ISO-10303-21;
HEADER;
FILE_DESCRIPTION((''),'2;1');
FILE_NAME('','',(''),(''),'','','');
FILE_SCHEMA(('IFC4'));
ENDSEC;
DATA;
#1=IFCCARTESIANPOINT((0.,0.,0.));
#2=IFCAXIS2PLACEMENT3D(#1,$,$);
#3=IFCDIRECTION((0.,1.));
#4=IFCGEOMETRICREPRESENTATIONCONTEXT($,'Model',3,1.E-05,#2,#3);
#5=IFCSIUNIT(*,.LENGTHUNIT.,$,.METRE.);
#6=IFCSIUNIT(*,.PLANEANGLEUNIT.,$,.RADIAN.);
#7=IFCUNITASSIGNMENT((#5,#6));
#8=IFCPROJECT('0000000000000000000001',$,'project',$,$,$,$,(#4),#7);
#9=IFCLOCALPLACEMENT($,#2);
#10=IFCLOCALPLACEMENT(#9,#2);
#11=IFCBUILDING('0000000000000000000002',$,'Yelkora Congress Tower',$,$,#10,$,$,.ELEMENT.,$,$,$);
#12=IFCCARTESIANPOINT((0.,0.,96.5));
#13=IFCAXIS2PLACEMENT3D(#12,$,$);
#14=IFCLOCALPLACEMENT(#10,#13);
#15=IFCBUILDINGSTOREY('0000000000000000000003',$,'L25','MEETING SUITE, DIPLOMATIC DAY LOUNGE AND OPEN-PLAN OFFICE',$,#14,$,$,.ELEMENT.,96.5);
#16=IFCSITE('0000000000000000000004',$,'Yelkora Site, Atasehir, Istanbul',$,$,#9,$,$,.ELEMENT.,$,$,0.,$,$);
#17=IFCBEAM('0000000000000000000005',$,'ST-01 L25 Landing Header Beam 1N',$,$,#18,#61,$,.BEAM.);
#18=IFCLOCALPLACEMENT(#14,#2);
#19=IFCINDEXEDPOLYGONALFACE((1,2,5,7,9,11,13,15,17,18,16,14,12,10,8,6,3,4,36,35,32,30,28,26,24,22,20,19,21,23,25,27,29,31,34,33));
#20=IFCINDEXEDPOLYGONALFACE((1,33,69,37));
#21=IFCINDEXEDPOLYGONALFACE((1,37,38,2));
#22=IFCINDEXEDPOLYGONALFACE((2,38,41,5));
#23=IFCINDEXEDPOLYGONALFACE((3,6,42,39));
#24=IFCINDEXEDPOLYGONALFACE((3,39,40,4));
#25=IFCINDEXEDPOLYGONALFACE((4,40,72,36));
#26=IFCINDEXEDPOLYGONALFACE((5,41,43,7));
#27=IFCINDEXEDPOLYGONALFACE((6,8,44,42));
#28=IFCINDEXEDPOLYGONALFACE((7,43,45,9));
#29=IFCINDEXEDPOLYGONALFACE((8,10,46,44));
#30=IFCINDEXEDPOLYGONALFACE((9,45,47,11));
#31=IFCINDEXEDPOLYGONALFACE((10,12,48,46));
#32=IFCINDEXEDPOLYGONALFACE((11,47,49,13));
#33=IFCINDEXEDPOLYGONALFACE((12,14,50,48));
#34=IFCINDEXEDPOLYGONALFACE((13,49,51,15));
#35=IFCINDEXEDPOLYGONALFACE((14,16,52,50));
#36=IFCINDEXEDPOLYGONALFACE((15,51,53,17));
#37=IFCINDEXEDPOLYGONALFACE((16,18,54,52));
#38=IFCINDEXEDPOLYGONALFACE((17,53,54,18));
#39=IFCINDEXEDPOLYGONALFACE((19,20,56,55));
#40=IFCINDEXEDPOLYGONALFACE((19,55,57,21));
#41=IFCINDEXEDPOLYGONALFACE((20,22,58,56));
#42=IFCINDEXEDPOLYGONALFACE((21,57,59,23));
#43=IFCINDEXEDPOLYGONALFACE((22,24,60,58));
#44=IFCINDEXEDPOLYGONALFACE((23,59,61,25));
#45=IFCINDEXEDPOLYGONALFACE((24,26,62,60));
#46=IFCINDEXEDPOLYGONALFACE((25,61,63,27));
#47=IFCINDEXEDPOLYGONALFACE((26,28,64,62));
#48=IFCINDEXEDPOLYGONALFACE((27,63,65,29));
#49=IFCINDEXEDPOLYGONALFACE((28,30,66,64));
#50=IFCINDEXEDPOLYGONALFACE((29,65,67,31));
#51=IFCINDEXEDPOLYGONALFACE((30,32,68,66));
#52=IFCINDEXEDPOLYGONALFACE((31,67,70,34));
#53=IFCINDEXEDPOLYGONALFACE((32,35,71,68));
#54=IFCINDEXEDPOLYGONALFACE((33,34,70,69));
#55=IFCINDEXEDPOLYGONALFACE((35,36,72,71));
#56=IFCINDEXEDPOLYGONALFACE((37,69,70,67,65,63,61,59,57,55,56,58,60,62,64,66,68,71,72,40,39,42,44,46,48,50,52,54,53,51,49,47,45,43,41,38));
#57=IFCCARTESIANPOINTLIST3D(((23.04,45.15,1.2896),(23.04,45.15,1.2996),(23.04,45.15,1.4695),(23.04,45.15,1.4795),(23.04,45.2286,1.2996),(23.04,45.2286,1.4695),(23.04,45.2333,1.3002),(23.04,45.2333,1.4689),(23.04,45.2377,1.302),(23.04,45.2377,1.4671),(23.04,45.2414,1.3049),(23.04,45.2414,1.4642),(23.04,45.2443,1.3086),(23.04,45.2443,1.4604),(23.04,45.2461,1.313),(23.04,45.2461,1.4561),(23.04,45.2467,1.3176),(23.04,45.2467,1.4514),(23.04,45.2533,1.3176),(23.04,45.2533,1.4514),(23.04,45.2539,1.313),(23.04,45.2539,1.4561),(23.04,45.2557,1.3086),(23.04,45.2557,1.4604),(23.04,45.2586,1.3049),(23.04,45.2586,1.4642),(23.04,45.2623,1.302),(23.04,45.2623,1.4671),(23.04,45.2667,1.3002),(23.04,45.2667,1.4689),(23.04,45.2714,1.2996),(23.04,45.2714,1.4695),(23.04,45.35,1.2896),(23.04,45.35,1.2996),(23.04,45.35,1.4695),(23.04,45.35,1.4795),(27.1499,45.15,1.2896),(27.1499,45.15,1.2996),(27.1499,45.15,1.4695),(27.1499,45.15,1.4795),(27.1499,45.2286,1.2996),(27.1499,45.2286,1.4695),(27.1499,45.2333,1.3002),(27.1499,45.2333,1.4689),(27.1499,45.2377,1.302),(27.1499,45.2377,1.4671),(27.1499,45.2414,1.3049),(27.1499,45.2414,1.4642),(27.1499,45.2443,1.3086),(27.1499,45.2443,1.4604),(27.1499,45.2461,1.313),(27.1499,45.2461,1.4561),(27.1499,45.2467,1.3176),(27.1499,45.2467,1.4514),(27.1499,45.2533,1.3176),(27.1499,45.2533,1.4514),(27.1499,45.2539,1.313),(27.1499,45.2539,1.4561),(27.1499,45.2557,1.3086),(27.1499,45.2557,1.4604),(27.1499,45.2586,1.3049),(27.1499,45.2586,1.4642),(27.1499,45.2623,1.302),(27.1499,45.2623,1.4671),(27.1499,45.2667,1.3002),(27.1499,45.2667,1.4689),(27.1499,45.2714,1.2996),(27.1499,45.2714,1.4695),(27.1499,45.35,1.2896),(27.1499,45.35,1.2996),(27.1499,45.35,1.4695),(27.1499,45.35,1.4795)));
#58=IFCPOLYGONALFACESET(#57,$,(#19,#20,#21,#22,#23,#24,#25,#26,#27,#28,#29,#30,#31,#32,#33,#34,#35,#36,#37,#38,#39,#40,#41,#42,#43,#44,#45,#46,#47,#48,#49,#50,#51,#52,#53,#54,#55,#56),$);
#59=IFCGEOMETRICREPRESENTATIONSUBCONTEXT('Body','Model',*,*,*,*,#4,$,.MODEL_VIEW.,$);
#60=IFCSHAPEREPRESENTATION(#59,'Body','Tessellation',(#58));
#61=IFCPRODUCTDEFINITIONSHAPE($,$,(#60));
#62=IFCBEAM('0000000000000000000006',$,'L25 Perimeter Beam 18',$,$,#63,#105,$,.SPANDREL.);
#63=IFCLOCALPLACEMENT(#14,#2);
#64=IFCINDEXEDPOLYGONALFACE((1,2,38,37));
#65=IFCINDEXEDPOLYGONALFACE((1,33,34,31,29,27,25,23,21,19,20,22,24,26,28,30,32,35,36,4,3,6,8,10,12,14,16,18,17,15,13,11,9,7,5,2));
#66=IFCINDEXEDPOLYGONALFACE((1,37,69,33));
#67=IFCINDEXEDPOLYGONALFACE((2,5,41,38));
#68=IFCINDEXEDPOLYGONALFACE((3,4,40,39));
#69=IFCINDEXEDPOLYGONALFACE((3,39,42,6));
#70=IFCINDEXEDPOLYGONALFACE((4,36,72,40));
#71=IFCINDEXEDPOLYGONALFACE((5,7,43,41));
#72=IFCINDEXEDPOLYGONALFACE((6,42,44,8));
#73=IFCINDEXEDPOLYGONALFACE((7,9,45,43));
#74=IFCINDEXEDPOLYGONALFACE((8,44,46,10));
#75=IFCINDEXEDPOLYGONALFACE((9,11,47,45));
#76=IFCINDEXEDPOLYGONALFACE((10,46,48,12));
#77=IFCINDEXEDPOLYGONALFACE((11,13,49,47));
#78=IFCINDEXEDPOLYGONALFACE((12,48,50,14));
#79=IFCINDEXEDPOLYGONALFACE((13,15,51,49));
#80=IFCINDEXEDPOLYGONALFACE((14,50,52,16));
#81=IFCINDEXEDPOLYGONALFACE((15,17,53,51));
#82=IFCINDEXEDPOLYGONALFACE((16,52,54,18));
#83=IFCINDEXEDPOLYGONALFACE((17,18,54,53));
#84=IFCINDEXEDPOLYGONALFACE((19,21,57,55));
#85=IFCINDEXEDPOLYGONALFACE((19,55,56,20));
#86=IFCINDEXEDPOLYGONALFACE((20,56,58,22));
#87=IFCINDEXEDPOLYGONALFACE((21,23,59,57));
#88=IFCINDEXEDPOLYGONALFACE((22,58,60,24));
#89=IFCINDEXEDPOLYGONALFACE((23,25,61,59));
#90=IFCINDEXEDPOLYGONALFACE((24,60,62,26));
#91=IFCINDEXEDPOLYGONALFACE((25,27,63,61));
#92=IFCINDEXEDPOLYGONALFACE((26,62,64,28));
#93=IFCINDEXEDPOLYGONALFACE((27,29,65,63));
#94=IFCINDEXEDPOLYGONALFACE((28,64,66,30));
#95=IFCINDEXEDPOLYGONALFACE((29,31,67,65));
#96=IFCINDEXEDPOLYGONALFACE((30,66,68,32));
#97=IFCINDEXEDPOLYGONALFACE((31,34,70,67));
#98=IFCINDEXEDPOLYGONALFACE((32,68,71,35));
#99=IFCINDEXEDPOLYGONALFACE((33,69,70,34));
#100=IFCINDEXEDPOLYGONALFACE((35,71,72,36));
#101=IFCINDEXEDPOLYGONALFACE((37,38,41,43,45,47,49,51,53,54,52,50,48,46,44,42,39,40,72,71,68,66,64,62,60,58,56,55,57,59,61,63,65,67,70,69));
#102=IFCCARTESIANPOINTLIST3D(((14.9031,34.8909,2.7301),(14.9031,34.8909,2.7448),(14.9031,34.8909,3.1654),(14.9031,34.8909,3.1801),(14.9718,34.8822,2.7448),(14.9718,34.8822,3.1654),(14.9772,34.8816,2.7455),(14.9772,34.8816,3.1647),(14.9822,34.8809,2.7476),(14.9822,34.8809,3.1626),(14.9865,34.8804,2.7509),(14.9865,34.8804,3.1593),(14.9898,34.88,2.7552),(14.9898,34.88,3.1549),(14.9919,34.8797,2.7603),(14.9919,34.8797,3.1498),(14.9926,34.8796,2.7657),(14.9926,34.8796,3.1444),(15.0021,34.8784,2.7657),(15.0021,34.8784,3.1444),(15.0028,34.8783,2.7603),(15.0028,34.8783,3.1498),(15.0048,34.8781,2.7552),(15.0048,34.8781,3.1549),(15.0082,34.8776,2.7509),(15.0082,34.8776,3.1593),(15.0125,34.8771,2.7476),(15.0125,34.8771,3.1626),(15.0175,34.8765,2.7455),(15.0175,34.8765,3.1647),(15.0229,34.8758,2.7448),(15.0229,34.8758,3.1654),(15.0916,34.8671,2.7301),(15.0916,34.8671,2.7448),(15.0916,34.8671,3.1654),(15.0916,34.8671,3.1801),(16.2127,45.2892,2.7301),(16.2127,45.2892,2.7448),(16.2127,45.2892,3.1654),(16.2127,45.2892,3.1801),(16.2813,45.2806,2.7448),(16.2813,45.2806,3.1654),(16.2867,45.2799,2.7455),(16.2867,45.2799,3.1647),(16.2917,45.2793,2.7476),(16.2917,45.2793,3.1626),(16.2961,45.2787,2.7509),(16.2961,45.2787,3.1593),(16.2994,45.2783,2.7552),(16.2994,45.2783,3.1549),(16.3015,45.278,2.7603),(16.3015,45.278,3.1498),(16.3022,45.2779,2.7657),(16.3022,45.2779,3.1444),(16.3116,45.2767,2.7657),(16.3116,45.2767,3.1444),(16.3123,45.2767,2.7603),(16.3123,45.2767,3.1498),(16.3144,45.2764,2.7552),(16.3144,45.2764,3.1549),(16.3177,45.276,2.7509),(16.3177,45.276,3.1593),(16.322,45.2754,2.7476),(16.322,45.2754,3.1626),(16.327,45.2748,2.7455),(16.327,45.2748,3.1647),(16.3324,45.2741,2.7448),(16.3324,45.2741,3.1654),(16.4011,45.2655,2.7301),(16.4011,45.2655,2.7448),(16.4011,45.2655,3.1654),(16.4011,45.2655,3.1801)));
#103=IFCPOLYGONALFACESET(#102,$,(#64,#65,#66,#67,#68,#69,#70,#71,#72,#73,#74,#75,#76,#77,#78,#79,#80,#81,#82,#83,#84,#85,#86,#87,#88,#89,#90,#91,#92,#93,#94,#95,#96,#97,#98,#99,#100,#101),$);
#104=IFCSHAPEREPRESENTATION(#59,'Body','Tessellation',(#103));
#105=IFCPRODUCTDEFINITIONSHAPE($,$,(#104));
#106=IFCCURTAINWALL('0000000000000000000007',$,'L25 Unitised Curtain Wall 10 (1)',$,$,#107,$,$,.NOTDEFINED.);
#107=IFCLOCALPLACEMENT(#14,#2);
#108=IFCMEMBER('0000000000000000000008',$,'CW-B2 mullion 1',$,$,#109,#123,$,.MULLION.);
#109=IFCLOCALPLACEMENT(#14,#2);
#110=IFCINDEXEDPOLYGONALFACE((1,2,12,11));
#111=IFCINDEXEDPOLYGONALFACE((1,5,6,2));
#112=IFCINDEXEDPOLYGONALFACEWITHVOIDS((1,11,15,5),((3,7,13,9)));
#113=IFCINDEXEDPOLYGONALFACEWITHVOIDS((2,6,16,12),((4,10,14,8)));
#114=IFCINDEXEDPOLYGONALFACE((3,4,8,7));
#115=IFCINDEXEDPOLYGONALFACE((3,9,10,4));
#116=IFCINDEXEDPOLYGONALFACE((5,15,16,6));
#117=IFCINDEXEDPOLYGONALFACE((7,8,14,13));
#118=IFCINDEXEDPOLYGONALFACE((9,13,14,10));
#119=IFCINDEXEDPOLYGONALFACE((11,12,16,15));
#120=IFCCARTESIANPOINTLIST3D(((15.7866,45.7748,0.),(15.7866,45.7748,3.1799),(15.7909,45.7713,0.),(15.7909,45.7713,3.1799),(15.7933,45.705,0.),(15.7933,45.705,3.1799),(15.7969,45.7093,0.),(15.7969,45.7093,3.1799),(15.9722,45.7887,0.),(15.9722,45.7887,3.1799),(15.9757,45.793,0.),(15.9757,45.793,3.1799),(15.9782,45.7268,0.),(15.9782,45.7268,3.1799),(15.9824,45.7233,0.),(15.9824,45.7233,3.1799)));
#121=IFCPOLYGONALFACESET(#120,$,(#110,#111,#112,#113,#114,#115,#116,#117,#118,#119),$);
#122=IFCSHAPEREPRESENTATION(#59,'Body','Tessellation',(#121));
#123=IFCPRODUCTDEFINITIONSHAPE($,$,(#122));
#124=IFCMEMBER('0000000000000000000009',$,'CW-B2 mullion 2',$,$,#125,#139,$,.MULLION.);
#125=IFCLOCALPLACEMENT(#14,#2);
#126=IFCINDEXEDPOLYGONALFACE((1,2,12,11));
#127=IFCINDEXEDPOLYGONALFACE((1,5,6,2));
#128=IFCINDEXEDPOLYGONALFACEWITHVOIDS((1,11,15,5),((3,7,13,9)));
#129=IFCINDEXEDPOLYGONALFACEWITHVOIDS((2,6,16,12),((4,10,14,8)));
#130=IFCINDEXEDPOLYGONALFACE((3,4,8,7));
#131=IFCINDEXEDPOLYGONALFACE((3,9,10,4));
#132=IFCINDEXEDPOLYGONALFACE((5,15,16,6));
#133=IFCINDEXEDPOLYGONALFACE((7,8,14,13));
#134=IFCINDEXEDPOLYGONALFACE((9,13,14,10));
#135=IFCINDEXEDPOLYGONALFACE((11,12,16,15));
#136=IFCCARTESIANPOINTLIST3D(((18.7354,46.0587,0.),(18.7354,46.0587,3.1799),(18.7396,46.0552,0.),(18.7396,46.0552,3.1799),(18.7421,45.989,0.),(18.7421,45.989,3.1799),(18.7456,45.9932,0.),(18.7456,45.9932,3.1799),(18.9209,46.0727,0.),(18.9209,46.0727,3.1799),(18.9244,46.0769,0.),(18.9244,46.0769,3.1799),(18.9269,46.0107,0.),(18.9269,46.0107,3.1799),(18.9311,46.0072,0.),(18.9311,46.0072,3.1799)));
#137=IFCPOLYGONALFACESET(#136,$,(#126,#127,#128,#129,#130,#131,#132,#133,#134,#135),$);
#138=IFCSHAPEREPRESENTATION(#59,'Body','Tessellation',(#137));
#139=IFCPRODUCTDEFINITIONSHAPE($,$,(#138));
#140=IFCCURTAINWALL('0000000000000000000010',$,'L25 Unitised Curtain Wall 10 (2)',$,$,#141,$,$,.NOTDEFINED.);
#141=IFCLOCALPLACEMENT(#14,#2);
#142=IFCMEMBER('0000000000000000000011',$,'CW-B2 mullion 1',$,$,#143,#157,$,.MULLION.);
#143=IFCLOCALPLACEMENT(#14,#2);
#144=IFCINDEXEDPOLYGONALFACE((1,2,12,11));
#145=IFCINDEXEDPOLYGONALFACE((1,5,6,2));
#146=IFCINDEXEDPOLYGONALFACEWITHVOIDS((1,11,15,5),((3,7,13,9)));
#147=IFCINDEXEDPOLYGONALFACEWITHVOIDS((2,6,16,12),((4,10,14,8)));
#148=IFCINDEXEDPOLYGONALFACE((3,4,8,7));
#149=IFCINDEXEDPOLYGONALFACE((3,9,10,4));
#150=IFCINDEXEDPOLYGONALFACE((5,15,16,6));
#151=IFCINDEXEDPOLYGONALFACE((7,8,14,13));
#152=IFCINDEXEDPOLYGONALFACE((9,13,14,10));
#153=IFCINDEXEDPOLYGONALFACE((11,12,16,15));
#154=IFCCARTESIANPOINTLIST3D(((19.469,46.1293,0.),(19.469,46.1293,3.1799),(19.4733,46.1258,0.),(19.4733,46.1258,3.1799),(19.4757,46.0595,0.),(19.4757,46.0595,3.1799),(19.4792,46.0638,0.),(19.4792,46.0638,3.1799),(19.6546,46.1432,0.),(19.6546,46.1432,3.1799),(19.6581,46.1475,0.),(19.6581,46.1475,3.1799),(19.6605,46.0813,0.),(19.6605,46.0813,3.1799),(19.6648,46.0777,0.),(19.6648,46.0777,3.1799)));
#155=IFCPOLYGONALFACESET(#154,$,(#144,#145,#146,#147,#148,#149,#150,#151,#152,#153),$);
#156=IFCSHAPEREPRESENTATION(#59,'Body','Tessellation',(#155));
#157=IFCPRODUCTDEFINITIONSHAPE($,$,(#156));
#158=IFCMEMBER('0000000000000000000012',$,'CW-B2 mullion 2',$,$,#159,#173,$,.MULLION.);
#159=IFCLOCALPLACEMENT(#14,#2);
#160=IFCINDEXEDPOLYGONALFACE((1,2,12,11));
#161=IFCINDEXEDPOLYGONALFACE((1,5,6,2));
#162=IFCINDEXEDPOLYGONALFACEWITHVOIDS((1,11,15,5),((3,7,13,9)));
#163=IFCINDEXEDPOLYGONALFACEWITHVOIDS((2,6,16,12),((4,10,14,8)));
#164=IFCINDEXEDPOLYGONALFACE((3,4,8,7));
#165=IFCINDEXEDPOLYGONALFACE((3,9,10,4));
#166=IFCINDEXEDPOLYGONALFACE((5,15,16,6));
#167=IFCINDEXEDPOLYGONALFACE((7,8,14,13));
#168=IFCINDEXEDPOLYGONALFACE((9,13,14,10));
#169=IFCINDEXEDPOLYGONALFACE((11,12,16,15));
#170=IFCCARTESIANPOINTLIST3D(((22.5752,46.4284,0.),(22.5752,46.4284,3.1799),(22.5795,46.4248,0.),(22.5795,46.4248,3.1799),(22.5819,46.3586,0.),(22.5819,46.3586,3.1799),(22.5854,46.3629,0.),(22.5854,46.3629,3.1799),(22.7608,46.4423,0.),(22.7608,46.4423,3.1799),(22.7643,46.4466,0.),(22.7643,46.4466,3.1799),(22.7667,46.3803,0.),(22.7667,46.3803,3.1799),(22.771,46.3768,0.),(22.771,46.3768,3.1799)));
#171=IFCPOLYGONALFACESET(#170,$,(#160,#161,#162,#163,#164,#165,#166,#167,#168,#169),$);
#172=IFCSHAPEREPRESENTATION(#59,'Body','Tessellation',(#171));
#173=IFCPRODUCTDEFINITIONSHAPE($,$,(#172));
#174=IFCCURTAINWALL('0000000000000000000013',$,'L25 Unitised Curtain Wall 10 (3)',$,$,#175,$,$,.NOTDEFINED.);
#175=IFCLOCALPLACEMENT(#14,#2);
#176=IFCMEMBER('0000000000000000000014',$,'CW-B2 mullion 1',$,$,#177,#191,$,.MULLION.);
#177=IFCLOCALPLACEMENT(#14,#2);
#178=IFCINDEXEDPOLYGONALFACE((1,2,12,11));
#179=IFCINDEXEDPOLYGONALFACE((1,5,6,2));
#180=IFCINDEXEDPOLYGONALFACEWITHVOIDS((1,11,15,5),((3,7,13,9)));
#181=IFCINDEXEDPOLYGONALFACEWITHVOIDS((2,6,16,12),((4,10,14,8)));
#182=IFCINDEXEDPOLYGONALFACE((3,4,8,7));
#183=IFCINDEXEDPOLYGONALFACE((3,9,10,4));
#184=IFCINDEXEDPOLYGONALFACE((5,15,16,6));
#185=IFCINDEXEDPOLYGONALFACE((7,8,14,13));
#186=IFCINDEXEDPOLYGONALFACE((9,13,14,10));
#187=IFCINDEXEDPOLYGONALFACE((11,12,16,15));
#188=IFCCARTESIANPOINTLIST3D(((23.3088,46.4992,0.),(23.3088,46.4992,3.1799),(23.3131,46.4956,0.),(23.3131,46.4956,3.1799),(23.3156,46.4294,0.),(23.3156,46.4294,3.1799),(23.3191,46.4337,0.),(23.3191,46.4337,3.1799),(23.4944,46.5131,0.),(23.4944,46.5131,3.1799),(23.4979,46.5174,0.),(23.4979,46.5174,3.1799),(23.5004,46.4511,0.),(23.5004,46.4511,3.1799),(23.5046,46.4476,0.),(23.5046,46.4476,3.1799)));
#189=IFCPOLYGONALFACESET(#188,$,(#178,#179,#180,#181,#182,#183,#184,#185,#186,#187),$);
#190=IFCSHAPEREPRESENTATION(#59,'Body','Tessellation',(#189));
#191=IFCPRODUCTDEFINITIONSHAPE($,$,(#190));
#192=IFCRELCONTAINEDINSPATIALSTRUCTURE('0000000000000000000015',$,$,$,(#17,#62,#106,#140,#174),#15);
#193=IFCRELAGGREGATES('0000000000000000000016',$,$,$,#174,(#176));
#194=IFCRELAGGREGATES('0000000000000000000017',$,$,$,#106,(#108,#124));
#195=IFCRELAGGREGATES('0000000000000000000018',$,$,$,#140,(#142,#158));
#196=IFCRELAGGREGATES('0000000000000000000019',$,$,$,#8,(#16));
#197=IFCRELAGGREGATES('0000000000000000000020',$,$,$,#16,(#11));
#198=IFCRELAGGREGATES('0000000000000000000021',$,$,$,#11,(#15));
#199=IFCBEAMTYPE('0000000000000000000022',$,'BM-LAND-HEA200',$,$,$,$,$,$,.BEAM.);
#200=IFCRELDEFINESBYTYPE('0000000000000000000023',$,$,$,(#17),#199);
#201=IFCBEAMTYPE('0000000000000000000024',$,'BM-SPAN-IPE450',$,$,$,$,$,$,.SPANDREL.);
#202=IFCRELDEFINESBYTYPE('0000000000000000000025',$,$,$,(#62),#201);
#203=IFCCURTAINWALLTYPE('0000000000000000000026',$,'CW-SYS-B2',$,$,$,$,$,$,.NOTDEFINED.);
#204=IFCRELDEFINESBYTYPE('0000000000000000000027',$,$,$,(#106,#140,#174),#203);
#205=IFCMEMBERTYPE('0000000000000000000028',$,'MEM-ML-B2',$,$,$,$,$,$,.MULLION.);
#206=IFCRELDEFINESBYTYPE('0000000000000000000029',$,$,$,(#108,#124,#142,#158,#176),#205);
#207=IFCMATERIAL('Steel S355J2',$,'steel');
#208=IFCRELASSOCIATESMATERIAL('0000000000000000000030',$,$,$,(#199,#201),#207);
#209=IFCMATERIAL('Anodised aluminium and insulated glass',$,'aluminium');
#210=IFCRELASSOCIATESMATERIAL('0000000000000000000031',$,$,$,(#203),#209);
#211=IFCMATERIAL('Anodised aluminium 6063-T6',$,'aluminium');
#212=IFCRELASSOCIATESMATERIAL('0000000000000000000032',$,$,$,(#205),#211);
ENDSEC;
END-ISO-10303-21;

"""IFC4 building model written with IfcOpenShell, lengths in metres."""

from ifc_helpers import new_model, si_unit, direction, frame, origin, origin_2d, place, context, subcontext, project, spatial, hollow_rectangle, i_section, extrude, material, material_profile, profile_set, type_object, element, aggregate, save


model = new_model("IFC4")

# Units and contexts
model_context = context("Model", 3, precision=1e-05, world=origin(), true_north=direction((0.0, 1.0)))
body_context = subcontext(model_context, "Body", "Model", "MODEL_VIEW")
ifc_project = project(units=[si_unit("LENGTHUNIT", "METRE"), si_unit("PLANEANGLEUNIT", "RADIAN")], contexts=[model_context])

# Site, building, storey
site_placement = place(None, origin())
site = spatial("IfcSite", under=ifc_project, at=site_placement, Name="Yelkora Site, Atasehir, Istanbul", CompositionType="ELEMENT", RefElevation=0.0)
building_placement = place(site_placement, origin())
building = spatial("IfcBuilding", under=site, at=building_placement, Name="Yelkora Congress Tower", CompositionType="ELEMENT")
storey_placement = place(building_placement, frame((0.0, 0.0, 96.5)))
storey = spatial("IfcBuildingStorey", under=building, at=storey_placement, Name="L25", Description="MEETING SUITE, DIPLOMATIC DAY LOUNGE AND OPEN-PLAN OFFICE", CompositionType="ELEMENT", Elevation=96.5)

# Beams
ifc_material_1 = material(Name="Steel S355J2", Category="steel")
ifc_material_profile_1 = material_profile(ifc_material_1, i_section(OverallWidth=0.2, OverallDepth=0.1899, WebThickness=0.0066, FlangeThickness=0.01, FilletRadius=0.0181, at=origin_2d()), Name="HEA 200")
ifc_profile_set_1 = profile_set([ifc_material_profile_1], Name="Steel S355J2")
beam_type_1 = type_object("IfcBeamType", Name="BM-LAND-HEA200", PredefinedType="BEAM", material=ifc_profile_set_1)
beam_1_placement = place(storey_placement, frame((23.04, 45.25, 1.3845), z_axis=(1.0, 0.0, 0.0), x_axis=(0.0, 1.0, 0.0)))
element("IfcBeam", 1, at=beam_1_placement, inside=storey, type_object=beam_type_1, Name="ST-01 L25 Landing Header Beam 1N", PredefinedType="BEAM", context=body_context, shape_type="SweptSolid", body=[
    extrude(i_section(OverallWidth=0.2, OverallDepth=0.1899, WebThickness=0.0066, FlangeThickness=0.01, FilletRadius=0.0181, at=origin_2d()), origin(), (0.0, 0.0, 1.0), 4.1099),
])
ifc_material_profile_2 = material_profile(ifc_material_1, i_section(OverallWidth=0.1899, OverallDepth=0.45, WebThickness=0.0095, FlangeThickness=0.0146, FilletRadius=0.021, at=origin_2d()), Name="IPE 450")
ifc_profile_set_2 = profile_set([ifc_material_profile_2], Name="Steel S355J2")
beam_type_2 = type_object("IfcBeamType", Name="BM-SPAN-IPE450", PredefinedType="SPANDREL", material=ifc_profile_set_2)
beam_2_placement = place(storey_placement, frame((16.3069, 45.2773, 2.9551), z_axis=(-0.124952, -0.992163, 0.0), x_axis=(0.992163, -0.124952, 0.0)))
element("IfcBeam", 2, at=beam_2_placement, inside=storey, type_object=beam_type_2, Name="L25 Perimeter Beam 18", PredefinedType="SPANDREL", context=body_context, shape_type="SweptSolid", body=[
    extrude(i_section(OverallWidth=0.1899, OverallDepth=0.45, WebThickness=0.0095, FlangeThickness=0.0146, FilletRadius=0.021, at=origin_2d()), origin(), (0.0, 0.0, 1.0), 10.4805),
])

# Curtain walls, members
ifc_material_2 = material(Name="Anodised aluminium and insulated glass", Category="aluminium")
curtain_wall_type = type_object("IfcCurtainWallType", Name="CW-SYS-B2", PredefinedType="NOTDEFINED", material=ifc_material_2)
curtain_wall_1_placement = place(storey_placement, origin())
curtain_wall_1 = element("IfcCurtainWall", 3, at=curtain_wall_1_placement, inside=storey, type_object=curtain_wall_type, Name="L25 Unitised Curtain Wall 10 (1)", PredefinedType="NOTDEFINED")
ifc_material_3 = material(Name="Anodised aluminium 6063-T6", Category="aluminium")
ifc_material_profile_3 = material_profile(ifc_material_3, hollow_rectangle(XDim=0.0701, YDim=0.1899, WallThickness=0.0039, at=origin_2d()), Name="ALU 70x190x4")
ifc_profile_set_3 = profile_set([ifc_material_profile_3], Name="Anodised aluminium 6063-T6")
member_type_1 = type_object("IfcMemberType", Name="MEM-ML-B2", PredefinedType="MULLION", material=ifc_profile_set_3)
member_1_placement = place(storey_placement, frame((15.8845, 45.749, 0.0), z_axis=(0.0, 0.0, 1.0), x_axis=(-0.095839, 0.995397, 0.0)))
member_1 = element("IfcMember", 4, at=member_1_placement, type_object=member_type_1, Name="CW-B2 mullion 1", PredefinedType="MULLION", context=body_context, shape_type="SweptSolid", body=[
    extrude(hollow_rectangle(XDim=0.0701, YDim=0.1899, WallThickness=0.0039, at=origin_2d()), origin(), (0.0, 0.0, 1.0), 3.1799),
])
member_2_placement = place(storey_placement, frame((18.8333, 46.033, 0.0), z_axis=(0.0, 0.0, 1.0), x_axis=(-0.095839, 0.995397, 0.0)))
member_2 = element("IfcMember", 5, at=member_2_placement, type_object=member_type_1, Name="CW-B2 mullion 2", PredefinedType="MULLION", context=body_context, shape_type="SweptSolid", body=[
    extrude(hollow_rectangle(XDim=0.0701, YDim=0.1899, WallThickness=0.0039, at=origin_2d()), origin(), (0.0, 0.0, 1.0), 3.1799),
])
curtain_wall_2_placement = place(storey_placement, origin())
curtain_wall_2 = element("IfcCurtainWall", 6, at=curtain_wall_2_placement, inside=storey, type_object=curtain_wall_type, Name="L25 Unitised Curtain Wall 10 (2)", PredefinedType="NOTDEFINED")
member_3_placement = place(storey_placement, frame((19.5669, 46.1035, 0.0), z_axis=(0.0, 0.0, 1.0), x_axis=(-0.095841, 0.995397, 0.0)))
member_3 = element("IfcMember", 7, at=member_3_placement, type_object=member_type_1, Name="CW-B2 mullion 1", PredefinedType="MULLION", context=body_context, shape_type="SweptSolid", body=[
    extrude(hollow_rectangle(XDim=0.0701, YDim=0.1899, WallThickness=0.0039, at=origin_2d()), origin(), (0.0, 0.0, 1.0), 3.1799),
])
member_4_placement = place(storey_placement, frame((22.6731, 46.4026, 0.0), z_axis=(0.0, 0.0, 1.0), x_axis=(-0.095841, 0.995397, 0.0)))
member_4 = element("IfcMember", 8, at=member_4_placement, type_object=member_type_1, Name="CW-B2 mullion 2", PredefinedType="MULLION", context=body_context, shape_type="SweptSolid", body=[
    extrude(hollow_rectangle(XDim=0.0701, YDim=0.1899, WallThickness=0.0039, at=origin_2d()), origin(), (0.0, 0.0, 1.0), 3.1799),
])

# Curtain wall, member
curtain_wall_3_placement = place(storey_placement, origin())
curtain_wall_3 = element("IfcCurtainWall", 9, at=curtain_wall_3_placement, inside=storey, type_object=curtain_wall_type, Name="L25 Unitised Curtain Wall 10 (3)", PredefinedType="NOTDEFINED")
member_5_placement = place(storey_placement, frame((23.4067, 46.4734, 0.0), z_axis=(0.0, 0.0, 1.0), x_axis=(-0.095844, 0.995396, 0.0)))
member_5 = element("IfcMember", 10, at=member_5_placement, type_object=member_type_1, Name="CW-B2 mullion 1", PredefinedType="MULLION", context=body_context, shape_type="SweptSolid", body=[
    extrude(hollow_rectangle(XDim=0.0701, YDim=0.1899, WallThickness=0.0039, at=origin_2d()), origin(), (0.0, 0.0, 1.0), 3.1799),
])

aggregate(curtain_wall_3, [member_5])

aggregate(curtain_wall_1, [member_1, member_2])
aggregate(curtain_wall_2, [member_3, member_4])

save(model, "model.ifc")
